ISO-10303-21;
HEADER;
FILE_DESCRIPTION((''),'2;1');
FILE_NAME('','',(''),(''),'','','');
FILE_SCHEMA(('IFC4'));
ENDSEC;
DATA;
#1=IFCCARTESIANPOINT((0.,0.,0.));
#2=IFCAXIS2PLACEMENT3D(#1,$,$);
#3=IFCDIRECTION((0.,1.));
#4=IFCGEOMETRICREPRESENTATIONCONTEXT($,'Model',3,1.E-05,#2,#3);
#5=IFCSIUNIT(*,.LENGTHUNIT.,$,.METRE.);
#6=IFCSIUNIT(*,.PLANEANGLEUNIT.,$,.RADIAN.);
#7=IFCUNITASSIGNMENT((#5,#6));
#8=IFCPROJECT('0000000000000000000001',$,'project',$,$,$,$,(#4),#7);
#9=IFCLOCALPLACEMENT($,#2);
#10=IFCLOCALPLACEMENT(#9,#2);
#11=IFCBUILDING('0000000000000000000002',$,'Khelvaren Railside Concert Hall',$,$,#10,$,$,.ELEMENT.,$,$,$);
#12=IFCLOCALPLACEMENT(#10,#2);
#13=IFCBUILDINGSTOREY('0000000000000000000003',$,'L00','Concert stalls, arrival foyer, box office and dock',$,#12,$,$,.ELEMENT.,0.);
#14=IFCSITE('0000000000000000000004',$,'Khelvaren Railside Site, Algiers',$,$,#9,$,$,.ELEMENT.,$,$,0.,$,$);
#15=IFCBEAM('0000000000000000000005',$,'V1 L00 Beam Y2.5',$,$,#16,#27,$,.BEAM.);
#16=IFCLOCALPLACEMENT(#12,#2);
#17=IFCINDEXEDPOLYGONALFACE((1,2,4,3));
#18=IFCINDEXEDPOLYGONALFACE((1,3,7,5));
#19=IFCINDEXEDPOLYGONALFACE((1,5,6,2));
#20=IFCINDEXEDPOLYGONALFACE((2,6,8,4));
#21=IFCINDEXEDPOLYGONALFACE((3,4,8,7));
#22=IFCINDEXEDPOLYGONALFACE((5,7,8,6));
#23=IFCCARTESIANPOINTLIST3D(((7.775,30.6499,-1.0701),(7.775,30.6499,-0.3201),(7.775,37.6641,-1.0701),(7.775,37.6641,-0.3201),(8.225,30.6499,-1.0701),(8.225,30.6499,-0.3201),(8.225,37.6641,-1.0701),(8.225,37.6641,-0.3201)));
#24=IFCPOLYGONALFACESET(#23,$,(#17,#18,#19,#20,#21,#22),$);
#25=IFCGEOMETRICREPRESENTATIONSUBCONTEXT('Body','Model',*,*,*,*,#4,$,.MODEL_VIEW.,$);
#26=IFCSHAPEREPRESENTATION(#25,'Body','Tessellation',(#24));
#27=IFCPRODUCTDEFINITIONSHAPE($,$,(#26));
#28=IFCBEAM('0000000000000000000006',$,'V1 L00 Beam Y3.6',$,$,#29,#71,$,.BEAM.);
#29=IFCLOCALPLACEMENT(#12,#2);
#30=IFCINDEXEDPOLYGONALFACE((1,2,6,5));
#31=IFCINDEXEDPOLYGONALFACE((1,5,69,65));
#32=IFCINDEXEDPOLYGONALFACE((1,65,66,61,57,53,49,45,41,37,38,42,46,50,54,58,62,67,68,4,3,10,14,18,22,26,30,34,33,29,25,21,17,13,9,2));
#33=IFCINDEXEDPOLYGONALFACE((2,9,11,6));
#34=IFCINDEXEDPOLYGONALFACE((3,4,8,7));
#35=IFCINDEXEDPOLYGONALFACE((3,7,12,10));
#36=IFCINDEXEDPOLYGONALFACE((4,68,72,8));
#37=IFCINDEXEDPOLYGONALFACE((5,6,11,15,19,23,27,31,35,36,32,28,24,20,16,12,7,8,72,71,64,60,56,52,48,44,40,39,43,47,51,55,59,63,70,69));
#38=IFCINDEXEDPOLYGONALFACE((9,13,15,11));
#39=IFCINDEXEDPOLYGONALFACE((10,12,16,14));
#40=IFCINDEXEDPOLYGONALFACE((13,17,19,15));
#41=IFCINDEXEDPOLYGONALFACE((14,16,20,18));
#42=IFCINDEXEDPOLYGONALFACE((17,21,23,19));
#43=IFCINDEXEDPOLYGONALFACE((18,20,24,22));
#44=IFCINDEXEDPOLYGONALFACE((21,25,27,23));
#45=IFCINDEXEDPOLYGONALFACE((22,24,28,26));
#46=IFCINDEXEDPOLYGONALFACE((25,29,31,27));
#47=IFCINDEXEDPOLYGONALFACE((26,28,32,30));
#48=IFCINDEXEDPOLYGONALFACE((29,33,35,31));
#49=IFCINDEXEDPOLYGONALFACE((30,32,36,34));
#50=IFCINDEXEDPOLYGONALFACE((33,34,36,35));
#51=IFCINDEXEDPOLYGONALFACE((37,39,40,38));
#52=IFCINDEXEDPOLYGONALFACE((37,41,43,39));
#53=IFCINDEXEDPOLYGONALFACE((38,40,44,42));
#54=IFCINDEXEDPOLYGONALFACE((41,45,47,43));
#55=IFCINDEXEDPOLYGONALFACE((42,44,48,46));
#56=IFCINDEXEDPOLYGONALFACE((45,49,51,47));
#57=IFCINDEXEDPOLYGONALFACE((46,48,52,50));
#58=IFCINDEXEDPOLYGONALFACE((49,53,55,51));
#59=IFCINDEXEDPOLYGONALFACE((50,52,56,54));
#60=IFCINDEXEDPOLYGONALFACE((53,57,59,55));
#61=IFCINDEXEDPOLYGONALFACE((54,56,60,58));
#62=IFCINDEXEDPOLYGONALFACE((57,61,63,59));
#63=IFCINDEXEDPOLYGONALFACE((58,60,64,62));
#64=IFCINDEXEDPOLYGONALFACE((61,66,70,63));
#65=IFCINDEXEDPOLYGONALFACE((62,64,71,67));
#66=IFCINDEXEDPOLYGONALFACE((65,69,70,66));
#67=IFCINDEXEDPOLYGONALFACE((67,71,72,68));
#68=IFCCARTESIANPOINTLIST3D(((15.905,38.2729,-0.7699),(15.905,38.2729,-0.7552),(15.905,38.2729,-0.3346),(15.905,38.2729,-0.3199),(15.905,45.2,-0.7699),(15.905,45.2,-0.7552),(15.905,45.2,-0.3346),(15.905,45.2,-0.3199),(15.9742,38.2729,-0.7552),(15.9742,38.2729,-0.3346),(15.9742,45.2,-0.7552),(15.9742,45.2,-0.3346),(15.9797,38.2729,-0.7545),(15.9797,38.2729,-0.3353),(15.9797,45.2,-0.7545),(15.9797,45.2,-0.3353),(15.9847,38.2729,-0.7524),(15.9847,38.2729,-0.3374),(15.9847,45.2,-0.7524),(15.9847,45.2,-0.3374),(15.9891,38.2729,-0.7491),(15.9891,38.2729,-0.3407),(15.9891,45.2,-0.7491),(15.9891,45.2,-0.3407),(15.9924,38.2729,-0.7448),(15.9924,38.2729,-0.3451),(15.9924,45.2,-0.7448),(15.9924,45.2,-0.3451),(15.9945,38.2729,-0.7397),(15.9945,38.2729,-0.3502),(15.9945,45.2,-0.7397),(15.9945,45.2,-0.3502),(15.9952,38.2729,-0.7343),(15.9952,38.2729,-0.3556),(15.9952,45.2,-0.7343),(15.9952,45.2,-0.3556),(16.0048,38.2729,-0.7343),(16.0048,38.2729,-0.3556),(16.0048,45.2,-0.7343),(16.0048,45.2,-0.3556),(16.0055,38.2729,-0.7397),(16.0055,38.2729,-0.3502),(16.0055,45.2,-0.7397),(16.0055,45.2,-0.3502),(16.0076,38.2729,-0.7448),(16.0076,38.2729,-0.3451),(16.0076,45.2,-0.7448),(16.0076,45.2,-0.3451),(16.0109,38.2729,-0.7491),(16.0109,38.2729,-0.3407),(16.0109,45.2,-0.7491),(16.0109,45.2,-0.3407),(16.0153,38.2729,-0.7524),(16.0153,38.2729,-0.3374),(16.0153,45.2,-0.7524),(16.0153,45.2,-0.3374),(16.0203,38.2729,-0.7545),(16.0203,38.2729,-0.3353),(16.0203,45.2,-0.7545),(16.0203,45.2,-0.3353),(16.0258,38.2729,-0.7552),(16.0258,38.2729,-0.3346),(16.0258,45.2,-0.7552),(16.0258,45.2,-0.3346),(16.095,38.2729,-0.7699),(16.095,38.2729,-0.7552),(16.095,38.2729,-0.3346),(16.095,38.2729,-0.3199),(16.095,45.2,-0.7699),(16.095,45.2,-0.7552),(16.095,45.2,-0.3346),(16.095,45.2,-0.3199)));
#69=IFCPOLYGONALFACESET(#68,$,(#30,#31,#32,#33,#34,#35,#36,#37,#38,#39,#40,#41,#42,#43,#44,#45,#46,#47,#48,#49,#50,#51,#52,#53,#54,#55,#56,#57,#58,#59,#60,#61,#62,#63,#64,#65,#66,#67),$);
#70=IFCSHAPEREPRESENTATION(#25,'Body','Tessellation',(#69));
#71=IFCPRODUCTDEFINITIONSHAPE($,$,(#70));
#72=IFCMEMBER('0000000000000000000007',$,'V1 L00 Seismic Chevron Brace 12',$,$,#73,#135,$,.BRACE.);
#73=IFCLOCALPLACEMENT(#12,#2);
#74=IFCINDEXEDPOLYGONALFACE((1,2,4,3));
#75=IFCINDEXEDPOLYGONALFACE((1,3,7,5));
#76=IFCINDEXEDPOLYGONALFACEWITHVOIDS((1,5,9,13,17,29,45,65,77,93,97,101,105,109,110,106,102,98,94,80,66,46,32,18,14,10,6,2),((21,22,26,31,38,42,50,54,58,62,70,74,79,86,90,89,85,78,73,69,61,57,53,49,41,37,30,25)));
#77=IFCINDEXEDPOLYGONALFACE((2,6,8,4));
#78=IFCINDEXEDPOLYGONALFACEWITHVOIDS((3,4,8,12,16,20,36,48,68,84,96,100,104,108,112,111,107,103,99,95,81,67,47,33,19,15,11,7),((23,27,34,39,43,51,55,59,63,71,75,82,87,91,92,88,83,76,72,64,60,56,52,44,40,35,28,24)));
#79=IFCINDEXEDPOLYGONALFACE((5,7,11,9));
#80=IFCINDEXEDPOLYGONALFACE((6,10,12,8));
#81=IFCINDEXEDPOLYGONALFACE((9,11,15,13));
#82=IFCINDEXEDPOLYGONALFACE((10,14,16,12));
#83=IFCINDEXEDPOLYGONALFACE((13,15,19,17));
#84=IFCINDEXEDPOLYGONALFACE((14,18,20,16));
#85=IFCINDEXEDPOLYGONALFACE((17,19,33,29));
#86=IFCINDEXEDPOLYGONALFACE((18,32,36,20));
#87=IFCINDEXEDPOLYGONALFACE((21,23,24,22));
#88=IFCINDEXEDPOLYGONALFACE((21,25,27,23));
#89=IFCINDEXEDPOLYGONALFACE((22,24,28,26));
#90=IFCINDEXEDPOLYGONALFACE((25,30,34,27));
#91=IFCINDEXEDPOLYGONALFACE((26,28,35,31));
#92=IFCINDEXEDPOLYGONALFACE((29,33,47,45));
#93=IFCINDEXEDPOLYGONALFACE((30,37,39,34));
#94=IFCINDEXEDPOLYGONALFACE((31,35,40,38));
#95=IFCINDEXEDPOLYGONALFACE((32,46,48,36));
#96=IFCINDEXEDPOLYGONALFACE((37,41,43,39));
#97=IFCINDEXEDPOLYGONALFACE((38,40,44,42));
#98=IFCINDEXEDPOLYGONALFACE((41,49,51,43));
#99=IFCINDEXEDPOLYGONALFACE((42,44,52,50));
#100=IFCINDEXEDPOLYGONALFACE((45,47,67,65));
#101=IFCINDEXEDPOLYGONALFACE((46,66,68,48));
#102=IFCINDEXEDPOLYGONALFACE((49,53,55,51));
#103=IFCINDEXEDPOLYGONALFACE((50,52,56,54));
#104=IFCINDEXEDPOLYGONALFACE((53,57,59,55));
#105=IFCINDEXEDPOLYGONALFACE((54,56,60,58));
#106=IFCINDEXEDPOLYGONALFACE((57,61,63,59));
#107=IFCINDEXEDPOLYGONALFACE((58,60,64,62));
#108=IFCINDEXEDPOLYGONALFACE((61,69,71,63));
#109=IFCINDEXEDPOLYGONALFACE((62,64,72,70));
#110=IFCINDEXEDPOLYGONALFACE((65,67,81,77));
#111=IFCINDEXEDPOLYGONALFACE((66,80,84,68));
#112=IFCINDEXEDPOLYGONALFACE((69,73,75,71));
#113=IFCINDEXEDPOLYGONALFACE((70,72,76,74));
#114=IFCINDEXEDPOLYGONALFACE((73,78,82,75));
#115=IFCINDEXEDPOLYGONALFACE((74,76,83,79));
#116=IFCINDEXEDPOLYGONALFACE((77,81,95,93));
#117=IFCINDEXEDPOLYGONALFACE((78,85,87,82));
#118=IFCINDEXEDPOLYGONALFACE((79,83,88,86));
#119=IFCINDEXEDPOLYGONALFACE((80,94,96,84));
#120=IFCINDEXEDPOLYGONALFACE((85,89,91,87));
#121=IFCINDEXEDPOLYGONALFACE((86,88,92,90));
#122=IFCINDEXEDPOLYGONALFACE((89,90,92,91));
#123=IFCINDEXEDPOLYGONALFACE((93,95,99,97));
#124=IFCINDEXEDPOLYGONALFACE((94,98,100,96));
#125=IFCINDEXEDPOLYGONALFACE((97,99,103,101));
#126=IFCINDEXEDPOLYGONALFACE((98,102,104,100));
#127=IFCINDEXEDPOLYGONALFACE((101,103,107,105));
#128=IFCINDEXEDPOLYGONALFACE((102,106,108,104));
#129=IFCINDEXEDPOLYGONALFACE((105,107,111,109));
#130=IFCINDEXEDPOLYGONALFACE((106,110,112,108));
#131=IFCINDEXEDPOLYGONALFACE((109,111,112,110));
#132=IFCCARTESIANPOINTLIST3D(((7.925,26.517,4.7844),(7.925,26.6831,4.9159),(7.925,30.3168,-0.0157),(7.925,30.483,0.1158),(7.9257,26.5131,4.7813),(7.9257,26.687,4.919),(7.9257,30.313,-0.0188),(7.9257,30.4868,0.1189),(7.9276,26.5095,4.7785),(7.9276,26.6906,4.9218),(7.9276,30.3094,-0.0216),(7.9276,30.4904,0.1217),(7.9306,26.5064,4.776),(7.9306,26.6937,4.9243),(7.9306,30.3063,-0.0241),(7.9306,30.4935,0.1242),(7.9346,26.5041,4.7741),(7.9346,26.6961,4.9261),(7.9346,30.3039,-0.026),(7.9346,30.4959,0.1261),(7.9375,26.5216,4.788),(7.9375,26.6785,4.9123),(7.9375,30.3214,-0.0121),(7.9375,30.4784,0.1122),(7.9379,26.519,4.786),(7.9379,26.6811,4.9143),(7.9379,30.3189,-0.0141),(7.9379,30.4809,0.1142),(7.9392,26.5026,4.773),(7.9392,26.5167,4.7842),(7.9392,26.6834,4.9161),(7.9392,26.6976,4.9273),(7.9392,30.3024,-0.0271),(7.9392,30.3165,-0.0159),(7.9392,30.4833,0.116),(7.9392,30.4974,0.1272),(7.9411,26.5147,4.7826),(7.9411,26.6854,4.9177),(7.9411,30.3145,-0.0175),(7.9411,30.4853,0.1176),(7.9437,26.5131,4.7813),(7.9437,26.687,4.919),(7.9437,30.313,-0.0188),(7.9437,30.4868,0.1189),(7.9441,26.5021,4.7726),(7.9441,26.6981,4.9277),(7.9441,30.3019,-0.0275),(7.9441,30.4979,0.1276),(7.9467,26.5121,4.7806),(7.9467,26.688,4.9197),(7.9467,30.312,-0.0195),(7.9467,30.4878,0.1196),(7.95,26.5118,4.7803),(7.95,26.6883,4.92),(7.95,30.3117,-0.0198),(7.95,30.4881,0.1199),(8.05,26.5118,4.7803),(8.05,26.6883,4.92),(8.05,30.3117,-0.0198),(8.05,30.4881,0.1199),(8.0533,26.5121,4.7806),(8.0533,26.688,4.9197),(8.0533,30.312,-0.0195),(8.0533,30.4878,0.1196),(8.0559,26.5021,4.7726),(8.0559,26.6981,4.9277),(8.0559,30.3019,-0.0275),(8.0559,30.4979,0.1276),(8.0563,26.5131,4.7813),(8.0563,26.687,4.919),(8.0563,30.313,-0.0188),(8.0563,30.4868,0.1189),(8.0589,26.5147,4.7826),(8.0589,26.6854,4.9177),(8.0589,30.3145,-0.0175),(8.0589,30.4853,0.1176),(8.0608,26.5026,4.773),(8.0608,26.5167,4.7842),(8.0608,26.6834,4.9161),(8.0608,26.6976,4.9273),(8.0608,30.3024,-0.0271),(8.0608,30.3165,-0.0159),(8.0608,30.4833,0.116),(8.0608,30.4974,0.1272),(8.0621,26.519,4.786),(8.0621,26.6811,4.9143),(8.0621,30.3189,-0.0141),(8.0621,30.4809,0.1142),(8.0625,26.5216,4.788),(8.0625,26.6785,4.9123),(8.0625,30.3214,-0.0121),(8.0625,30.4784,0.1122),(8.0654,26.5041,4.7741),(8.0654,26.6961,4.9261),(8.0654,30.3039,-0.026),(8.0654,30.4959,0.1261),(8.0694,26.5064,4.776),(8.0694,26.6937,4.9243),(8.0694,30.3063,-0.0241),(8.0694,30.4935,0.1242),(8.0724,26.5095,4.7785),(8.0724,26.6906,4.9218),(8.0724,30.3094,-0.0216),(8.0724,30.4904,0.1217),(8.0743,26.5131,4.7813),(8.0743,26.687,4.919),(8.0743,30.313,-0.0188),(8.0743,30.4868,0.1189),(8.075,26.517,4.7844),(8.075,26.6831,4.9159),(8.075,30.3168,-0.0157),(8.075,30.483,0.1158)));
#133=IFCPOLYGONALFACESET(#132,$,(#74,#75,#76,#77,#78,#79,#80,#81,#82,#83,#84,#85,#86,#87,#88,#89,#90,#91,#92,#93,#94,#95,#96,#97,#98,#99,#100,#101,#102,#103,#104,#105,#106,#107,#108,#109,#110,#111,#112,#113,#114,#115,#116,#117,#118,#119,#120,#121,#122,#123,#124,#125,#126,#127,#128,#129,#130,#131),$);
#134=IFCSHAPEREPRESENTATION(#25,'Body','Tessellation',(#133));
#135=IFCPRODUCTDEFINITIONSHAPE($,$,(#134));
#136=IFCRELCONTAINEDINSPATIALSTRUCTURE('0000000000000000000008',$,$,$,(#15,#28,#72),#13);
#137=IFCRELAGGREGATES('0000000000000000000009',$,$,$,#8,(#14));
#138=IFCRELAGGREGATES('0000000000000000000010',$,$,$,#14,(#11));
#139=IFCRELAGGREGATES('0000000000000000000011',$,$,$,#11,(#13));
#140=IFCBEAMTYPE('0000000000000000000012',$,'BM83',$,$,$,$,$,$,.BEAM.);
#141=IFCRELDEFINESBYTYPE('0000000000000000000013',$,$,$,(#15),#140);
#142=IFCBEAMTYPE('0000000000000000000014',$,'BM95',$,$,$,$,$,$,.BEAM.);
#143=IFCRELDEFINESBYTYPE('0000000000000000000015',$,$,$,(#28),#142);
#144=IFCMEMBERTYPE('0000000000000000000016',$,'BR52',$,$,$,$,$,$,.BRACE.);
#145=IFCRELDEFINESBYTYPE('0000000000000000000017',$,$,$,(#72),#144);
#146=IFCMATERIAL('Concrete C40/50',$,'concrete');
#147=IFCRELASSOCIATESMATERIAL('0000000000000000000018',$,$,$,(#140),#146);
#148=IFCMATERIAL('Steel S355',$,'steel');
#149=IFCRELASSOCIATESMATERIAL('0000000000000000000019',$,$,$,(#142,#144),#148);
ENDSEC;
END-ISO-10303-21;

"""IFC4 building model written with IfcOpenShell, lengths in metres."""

from ifc_helpers import new_model, si_unit, direction, frame, origin, origin_2d, place, context, subcontext, project, spatial, rectangle, hollow_rectangle, i_section, extrude, material, material_profile, profile_set, type_object, element, save


model = new_model("IFC4")

# Units and contexts
model_context = context("Model", 3, precision=1e-05, world=origin(), true_north=direction((0.0, 1.0)))
body_context = subcontext(model_context, "Body", "Model", "MODEL_VIEW")
ifc_project = project(units=[si_unit("LENGTHUNIT", "METRE"), si_unit("PLANEANGLEUNIT", "RADIAN")], contexts=[model_context])

# Site, building, storey
site_placement = place(None, origin())
site = spatial("IfcSite", under=ifc_project, at=site_placement, Name="Khelvaren Railside Site, Algiers", CompositionType="ELEMENT", RefElevation=0.0)
building_placement = place(site_placement, origin())
building = spatial("IfcBuilding", under=site, at=building_placement, Name="Khelvaren Railside Concert Hall", CompositionType="ELEMENT")
storey_placement = place(building_placement, origin())
storey = spatial("IfcBuildingStorey", under=building, at=storey_placement, Name="L00", Description="Concert stalls, arrival foyer, box office and dock", CompositionType="ELEMENT", Elevation=0.0)

# Beams
ifc_material_1 = material(Name="Steel S355", Category="steel")
ifc_material_2 = material(Name="Concrete C40/50", Category="concrete")
ifc_material_profile_1 = material_profile(ifc_material_2, rectangle(XDim=0.45, YDim=0.75, at=origin_2d()), Name="RCB 450x750")
ifc_profile_set_1 = profile_set([ifc_material_profile_1], Name="Concrete C40/50")
beam_type_1 = type_object("IfcBeamType", Name="BM83", PredefinedType="BEAM", material=ifc_profile_set_1)
beam_1_placement = place(storey_placement, frame((8.0, 30.6499, -0.6951), z_axis=(0.0, 1.0, 0.0), x_axis=(-1.0, 0.0, 0.0)))
element("IfcBeam", 1, at=beam_1_placement, inside=storey, type_object=beam_type_1, Name="V1 L00 Beam Y2.5", PredefinedType="BEAM", context=body_context, shape_type="SweptSolid", body=[
    extrude(rectangle(XDim=0.45, YDim=0.75, at=origin_2d()), origin(), (0.0, 0.0, 1.0), 7.0142),
])
ifc_material_profile_2 = material_profile(ifc_material_1, i_section(OverallWidth=0.1899, OverallDepth=0.45, WebThickness=0.0095, FlangeThickness=0.0146, FilletRadius=0.021, at=origin_2d()), Name="IPE 450")
ifc_profile_set_2 = profile_set([ifc_material_profile_2], Name="Steel S355")
beam_type_2 = type_object("IfcBeamType", Name="BM95", PredefinedType="BEAM", material=ifc_profile_set_2)
beam_2_placement = place(storey_placement, frame((16.0, 38.2729, -0.5449), z_axis=(0.0, 1.0, 0.0), x_axis=(-1.0, 0.0, 0.0)))
element("IfcBeam", 2, at=beam_2_placement, inside=storey, type_object=beam_type_2, Name="V1 L00 Beam Y3.6", PredefinedType="BEAM", context=body_context, shape_type="SweptSolid", body=[
    extrude(i_section(OverallWidth=0.1899, OverallDepth=0.45, WebThickness=0.0095, FlangeThickness=0.0146, FilletRadius=0.021, at=origin_2d()), origin(), (0.0, 0.0, 1.0), 6.927),
])

# Member
ifc_material_profile_3 = material_profile(ifc_material_1, hollow_rectangle(XDim=0.1499, YDim=0.25, WallThickness=0.0125, InnerFilletRadius=0.0125, OuterFilletRadius=0.019, at=origin_2d()), Name="RHS 250x150x12.5")
ifc_profile_set_3 = profile_set([ifc_material_profile_3], Name="Steel S355")
member_type = type_object("IfcMemberType", Name="BR52", PredefinedType="BRACE", material=ifc_profile_set_3)
member_1_placement = place(storey_placement, frame((8.0, 30.3999, 0.05), z_axis=(0.0, -0.620679, 0.784064), x_axis=(1.0, 0.0, 0.0)))
element("IfcMember", 3, at=member_1_placement, inside=storey, type_object=member_type, Name="V1 L00 Seismic Chevron Brace 12", PredefinedType="BRACE", context=body_context, shape_type="SweptSolid", body=[
    extrude(hollow_rectangle(XDim=0.1499, YDim=0.25, WallThickness=0.0125, InnerFilletRadius=0.0125, OuterFilletRadius=0.019, at=origin_2d()), origin(), (0.0, 0.0, 1.0), 6.1221),
])

save(model, "model.ifc")
